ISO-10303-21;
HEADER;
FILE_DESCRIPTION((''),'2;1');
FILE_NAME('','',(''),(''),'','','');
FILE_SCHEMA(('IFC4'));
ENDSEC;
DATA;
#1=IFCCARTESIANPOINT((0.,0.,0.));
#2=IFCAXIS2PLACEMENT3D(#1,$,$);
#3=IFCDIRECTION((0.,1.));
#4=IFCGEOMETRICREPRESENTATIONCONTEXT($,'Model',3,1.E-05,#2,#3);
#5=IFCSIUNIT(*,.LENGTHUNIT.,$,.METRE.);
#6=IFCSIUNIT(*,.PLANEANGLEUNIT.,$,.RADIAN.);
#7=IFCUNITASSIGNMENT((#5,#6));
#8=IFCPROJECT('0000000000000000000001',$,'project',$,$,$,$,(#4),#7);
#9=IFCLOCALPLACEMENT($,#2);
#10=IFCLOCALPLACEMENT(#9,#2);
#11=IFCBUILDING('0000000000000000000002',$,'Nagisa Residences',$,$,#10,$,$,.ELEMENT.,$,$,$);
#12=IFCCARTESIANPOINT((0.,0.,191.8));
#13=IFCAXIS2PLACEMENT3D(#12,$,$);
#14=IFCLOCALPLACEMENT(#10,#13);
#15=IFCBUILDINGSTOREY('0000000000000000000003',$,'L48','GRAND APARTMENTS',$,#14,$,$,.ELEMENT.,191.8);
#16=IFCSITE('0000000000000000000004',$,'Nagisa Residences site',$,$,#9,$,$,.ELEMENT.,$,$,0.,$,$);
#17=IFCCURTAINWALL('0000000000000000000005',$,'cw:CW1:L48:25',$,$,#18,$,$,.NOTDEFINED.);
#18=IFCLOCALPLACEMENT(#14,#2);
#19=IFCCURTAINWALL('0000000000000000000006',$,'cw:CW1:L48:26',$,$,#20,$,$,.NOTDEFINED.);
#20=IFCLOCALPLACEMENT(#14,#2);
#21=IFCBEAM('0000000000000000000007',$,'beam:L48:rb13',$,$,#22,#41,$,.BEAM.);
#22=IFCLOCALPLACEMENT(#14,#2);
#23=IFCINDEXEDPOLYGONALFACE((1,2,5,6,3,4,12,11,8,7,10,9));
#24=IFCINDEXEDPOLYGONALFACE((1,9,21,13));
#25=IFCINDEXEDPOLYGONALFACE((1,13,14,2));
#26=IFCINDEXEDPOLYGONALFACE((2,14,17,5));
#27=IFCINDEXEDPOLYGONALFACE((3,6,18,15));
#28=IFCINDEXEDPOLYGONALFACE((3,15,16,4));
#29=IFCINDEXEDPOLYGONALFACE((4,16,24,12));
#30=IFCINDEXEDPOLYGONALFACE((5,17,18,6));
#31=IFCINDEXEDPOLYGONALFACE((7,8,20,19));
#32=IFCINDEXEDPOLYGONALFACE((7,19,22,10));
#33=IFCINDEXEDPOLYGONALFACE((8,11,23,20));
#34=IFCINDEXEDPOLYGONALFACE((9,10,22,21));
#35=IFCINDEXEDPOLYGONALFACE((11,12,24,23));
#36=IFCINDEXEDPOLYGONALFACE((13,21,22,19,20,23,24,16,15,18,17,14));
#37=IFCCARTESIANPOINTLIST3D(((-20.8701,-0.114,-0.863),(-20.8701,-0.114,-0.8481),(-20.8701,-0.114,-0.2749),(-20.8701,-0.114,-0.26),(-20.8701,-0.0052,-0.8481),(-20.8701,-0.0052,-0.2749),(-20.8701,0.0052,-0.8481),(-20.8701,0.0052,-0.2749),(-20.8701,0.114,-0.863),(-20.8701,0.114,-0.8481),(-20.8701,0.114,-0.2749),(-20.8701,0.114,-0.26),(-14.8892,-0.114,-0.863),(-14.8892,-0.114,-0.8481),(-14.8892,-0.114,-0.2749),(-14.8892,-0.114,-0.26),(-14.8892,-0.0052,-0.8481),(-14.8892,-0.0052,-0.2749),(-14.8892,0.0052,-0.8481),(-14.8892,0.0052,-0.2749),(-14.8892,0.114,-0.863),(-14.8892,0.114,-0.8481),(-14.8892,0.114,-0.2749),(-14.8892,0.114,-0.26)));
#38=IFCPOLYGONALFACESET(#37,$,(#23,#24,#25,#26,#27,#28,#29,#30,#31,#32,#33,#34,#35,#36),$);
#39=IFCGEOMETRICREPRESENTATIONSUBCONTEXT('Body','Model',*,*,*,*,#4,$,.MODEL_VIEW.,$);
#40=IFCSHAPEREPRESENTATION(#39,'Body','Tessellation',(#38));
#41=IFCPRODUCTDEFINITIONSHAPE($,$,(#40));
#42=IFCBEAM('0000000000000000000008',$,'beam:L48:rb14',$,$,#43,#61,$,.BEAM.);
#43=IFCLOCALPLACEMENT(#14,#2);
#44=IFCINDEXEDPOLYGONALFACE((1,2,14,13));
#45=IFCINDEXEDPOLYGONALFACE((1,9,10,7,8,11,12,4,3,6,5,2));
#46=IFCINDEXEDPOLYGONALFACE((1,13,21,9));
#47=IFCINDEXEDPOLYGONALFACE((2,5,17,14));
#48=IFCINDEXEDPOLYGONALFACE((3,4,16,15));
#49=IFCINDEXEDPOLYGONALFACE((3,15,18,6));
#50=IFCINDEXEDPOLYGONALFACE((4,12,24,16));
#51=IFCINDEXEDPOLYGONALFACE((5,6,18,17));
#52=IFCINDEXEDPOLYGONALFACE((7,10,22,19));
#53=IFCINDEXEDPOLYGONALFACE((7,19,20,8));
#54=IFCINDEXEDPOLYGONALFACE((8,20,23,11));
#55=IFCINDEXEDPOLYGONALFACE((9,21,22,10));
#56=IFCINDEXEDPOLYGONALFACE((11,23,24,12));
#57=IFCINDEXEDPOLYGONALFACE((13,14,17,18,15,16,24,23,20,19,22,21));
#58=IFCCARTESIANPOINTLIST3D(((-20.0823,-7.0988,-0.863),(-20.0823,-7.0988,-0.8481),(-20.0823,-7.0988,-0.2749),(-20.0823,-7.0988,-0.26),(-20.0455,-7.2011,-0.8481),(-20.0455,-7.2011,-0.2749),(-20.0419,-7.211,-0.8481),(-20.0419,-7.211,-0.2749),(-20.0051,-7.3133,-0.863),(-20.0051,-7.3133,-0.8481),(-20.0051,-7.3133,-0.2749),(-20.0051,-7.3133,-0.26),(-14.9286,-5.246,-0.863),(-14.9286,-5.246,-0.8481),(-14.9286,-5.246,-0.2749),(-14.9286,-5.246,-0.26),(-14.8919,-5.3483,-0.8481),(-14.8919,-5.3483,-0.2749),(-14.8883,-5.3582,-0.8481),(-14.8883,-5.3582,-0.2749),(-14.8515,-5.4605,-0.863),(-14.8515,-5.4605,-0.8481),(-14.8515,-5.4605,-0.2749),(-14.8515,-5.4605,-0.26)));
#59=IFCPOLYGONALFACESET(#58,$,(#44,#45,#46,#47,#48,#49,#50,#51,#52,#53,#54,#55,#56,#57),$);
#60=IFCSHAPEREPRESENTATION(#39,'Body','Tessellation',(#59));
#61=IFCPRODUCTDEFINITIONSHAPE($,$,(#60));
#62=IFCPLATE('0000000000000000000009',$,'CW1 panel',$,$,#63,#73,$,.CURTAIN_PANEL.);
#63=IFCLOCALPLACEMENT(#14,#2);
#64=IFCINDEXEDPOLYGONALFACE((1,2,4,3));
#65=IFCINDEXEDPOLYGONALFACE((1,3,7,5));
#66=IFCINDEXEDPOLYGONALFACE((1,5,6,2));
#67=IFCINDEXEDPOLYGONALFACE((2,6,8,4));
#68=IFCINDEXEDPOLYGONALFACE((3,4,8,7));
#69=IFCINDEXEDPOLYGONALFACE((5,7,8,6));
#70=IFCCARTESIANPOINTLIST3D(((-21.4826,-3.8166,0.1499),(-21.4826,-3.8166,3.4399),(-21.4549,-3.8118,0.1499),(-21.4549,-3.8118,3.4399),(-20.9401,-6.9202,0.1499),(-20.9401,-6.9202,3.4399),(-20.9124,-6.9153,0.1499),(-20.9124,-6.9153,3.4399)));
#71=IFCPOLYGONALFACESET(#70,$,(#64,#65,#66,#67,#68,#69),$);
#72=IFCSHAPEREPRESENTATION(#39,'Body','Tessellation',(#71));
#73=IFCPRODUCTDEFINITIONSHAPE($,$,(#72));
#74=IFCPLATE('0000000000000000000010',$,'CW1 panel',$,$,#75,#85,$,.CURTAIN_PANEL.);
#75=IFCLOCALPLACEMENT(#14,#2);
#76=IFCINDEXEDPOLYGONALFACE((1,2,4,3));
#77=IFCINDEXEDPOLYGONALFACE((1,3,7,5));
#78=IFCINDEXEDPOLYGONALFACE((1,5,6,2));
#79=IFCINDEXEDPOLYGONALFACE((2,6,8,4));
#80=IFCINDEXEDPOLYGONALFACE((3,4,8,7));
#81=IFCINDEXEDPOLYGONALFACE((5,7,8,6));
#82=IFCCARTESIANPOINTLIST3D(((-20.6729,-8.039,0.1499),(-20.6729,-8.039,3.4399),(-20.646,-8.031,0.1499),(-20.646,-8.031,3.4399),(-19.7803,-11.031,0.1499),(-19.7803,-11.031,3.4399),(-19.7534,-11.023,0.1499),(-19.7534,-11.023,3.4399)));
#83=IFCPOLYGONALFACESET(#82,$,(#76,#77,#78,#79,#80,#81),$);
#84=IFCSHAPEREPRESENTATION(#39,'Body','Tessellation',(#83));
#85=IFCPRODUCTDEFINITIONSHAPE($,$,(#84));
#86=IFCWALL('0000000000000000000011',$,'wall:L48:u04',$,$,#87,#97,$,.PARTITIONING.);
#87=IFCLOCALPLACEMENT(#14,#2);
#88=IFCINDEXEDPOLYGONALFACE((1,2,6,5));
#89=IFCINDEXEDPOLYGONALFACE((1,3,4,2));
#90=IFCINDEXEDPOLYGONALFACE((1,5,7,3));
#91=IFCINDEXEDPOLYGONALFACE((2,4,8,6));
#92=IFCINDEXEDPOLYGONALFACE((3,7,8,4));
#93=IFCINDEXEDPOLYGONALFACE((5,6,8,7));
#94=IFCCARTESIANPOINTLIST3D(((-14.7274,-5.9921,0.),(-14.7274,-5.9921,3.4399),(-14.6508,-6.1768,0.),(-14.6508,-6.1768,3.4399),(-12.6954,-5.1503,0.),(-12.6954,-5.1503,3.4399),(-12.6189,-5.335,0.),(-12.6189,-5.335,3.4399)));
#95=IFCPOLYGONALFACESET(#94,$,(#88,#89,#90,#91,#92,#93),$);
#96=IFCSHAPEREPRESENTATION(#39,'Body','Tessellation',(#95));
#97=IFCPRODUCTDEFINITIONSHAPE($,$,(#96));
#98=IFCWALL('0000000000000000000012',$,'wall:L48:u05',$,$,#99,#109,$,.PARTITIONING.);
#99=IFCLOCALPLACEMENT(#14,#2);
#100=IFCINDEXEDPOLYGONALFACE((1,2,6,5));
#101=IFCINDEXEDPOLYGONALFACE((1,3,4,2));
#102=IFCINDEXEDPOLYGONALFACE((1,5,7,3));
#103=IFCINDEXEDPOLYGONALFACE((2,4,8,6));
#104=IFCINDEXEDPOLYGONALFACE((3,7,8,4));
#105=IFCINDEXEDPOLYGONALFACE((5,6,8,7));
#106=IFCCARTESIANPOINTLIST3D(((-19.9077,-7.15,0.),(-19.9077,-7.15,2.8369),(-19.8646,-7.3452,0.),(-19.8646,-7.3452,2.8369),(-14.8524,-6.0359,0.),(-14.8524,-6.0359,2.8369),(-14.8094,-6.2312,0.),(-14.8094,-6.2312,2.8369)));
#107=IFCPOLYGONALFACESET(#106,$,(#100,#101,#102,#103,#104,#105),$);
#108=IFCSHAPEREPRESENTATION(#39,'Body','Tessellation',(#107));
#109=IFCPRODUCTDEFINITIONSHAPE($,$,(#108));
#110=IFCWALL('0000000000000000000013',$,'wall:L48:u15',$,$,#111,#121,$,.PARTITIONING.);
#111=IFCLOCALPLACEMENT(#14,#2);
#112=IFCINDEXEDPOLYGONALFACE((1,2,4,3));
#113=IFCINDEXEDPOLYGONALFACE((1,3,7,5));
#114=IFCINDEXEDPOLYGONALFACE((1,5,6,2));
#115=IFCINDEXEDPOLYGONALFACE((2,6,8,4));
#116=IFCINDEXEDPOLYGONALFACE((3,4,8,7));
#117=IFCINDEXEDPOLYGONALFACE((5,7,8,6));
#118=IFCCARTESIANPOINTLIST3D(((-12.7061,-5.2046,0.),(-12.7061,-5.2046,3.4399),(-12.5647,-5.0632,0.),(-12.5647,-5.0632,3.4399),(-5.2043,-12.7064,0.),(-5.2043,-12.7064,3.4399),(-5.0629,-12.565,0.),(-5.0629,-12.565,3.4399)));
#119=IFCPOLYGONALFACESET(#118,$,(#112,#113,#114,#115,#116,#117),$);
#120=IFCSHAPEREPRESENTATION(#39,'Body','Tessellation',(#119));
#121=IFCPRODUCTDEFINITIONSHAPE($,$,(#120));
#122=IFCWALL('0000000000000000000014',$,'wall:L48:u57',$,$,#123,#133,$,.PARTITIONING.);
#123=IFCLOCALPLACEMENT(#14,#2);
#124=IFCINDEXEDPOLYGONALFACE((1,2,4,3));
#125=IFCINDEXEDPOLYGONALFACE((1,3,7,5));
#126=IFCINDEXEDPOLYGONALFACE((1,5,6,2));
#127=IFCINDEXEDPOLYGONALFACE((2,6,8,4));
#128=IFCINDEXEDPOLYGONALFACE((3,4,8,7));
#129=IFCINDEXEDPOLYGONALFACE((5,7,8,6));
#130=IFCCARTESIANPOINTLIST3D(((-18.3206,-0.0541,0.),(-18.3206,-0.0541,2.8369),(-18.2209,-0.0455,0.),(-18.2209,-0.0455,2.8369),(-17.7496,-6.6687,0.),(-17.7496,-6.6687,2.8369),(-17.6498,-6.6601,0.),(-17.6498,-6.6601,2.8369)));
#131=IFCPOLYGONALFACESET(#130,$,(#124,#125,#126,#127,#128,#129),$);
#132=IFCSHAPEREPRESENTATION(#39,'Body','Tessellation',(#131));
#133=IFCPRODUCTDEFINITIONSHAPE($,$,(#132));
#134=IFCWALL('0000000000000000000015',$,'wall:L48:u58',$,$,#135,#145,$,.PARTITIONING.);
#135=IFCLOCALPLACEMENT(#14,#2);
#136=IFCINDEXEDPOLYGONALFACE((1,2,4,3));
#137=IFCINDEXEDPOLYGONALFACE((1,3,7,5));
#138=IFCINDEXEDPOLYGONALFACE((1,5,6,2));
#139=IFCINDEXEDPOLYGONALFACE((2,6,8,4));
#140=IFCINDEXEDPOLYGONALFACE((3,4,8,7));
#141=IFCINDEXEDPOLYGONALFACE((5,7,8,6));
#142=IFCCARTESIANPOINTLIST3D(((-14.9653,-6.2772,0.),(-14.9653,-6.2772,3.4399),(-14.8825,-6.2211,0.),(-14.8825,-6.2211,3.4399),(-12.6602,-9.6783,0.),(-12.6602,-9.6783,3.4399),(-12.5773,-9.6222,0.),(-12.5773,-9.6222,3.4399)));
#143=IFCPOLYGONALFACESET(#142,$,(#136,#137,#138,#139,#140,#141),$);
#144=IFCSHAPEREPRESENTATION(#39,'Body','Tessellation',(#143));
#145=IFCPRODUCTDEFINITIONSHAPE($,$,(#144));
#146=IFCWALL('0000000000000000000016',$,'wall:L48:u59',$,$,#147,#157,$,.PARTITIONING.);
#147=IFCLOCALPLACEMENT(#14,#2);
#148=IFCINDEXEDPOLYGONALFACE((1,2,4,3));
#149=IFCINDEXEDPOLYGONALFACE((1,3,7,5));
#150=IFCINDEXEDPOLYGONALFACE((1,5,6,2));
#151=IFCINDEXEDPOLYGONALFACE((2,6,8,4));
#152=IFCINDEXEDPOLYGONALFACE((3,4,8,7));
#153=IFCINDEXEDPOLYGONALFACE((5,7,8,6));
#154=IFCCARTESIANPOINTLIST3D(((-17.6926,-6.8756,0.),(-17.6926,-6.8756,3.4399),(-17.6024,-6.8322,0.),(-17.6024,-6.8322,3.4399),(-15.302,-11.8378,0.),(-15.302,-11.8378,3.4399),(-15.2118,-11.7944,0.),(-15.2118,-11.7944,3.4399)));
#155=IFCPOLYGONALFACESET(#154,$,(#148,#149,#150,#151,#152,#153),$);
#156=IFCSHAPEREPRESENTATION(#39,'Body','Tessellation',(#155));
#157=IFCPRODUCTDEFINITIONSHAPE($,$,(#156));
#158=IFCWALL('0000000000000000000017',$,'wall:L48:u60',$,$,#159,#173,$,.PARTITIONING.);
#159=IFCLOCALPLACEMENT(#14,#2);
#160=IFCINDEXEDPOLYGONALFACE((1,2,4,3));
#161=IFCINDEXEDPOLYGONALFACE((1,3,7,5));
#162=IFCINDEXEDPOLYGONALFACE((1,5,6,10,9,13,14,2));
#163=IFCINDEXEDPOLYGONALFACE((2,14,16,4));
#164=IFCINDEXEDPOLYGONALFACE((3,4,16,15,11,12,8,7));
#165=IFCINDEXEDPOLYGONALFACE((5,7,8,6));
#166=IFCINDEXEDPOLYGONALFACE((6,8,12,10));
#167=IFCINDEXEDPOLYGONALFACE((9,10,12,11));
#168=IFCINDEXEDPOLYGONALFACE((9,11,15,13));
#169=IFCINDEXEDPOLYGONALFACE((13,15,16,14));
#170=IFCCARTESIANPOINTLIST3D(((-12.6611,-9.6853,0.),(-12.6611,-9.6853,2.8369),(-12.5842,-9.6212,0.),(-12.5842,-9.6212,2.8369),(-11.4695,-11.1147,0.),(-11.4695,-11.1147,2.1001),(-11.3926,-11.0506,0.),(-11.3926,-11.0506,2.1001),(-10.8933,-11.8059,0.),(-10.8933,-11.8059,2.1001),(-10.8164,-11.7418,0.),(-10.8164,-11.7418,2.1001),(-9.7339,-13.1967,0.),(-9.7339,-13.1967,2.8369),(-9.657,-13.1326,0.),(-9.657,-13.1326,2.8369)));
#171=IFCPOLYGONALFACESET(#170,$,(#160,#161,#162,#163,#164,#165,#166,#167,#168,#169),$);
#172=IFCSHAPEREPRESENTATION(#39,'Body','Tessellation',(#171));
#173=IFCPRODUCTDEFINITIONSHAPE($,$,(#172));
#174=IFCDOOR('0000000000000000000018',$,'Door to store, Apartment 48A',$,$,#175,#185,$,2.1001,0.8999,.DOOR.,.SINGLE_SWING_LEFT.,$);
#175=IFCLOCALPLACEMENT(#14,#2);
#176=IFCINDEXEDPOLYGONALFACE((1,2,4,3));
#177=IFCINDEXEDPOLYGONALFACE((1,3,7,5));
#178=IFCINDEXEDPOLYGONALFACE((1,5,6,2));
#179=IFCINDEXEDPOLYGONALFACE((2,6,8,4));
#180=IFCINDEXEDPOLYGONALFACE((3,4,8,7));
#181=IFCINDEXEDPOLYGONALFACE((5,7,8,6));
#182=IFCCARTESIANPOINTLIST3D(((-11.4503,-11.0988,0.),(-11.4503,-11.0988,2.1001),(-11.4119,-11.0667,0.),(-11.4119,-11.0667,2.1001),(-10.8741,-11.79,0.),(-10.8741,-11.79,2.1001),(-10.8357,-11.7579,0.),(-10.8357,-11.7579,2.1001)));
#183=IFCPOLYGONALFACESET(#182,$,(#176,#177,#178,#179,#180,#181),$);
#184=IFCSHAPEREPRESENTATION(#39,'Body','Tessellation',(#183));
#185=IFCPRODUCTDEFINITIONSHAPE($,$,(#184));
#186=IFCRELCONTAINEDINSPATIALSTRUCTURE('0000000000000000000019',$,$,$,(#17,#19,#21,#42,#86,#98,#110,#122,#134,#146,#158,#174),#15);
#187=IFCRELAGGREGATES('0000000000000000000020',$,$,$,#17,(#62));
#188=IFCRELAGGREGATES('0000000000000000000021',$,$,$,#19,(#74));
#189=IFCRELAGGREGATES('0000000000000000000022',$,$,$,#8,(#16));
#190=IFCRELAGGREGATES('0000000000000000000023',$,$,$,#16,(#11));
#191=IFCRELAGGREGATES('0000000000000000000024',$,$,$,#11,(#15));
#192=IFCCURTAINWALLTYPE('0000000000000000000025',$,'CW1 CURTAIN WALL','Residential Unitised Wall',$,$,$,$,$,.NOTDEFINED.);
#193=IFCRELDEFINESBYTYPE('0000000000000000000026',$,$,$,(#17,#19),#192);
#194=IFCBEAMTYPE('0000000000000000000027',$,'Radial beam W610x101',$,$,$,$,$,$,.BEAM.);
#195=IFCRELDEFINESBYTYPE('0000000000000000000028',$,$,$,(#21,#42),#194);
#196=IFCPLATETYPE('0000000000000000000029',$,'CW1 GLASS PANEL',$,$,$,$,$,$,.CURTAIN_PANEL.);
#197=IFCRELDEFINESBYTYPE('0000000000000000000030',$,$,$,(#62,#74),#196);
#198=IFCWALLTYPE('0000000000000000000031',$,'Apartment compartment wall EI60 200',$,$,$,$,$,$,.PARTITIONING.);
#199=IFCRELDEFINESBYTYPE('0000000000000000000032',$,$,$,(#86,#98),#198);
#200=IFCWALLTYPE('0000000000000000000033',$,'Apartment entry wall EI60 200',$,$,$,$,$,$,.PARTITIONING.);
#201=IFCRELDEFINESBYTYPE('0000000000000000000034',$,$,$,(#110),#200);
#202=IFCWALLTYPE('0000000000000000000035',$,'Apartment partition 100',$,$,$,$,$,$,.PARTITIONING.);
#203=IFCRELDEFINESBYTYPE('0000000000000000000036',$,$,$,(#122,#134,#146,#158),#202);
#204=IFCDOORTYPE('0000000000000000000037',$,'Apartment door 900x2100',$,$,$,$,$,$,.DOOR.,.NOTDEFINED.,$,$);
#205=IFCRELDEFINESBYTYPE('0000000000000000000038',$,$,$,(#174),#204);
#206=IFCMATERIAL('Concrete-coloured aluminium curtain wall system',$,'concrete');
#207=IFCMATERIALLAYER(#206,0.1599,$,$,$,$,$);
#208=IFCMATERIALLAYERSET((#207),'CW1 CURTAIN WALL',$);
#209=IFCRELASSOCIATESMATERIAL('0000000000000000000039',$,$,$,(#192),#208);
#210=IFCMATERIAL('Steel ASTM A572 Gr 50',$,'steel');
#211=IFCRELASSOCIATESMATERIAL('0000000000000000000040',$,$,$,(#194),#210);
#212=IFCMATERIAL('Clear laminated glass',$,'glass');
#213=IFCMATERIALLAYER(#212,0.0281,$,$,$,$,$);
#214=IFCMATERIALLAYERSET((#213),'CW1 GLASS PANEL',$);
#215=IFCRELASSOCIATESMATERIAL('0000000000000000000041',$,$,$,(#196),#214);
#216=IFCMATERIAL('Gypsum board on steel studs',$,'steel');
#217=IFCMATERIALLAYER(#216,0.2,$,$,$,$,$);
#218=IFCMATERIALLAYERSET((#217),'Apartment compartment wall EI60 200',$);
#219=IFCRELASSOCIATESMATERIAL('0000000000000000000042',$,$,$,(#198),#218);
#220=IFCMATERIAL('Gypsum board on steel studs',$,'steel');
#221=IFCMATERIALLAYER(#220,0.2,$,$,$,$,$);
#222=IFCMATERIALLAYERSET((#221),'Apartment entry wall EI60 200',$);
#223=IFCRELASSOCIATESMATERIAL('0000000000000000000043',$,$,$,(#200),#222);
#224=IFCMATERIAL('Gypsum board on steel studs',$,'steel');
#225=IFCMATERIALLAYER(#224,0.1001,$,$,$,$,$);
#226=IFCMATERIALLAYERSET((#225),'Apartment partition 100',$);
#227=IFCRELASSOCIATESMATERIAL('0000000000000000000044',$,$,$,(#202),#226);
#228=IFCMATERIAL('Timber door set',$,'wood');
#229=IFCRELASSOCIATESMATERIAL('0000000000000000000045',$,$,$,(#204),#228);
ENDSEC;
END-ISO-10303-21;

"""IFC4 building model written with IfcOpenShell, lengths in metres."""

from ifc_helpers import new_model, si_unit, direction, frame, frame_2d, origin, origin_2d, place, context, subcontext, project, spatial, rectangle, i_section, extrude, material, layer, layer_set, material_profile, profile_set, type_object, element, fill, aggregate, save


model = new_model("IFC4")

# Units and contexts
model_context = context("Model", 3, precision=1e-05, world=origin(), true_north=direction((0.0, 1.0)))
body_context = subcontext(model_context, "Body", "Model", "MODEL_VIEW")
ifc_project = project(units=[si_unit("LENGTHUNIT", "METRE"), si_unit("PLANEANGLEUNIT", "RADIAN")], contexts=[model_context])

# Site, building, storey
site_placement = place(None, origin())
site = spatial("IfcSite", under=ifc_project, at=site_placement, Name="Nagisa Residences site", CompositionType="ELEMENT", RefElevation=0.0)
building_placement = place(site_placement, origin())
building = spatial("IfcBuilding", under=site, at=building_placement, Name="Nagisa Residences", CompositionType="ELEMENT")
storey_placement = place(building_placement, frame((0.0, 0.0, 191.8)))
storey = spatial("IfcBuildingStorey", under=building, at=storey_placement, Name="L48", Description="GRAND APARTMENTS", CompositionType="ELEMENT", Elevation=191.8)

# Curtain walls
ifc_material_1 = material(Name="Concrete-coloured aluminium curtain wall system", Category="concrete")
ifc_layer_1 = layer(ifc_material_1, 0.1599)
ifc_layer_set_1 = layer_set([ifc_layer_1], Name="CW1 CURTAIN WALL")
curtain_wall_type = type_object("IfcCurtainWallType", Name="CW1 CURTAIN WALL", Description="Residential Unitised Wall", PredefinedType="NOTDEFINED", material=ifc_layer_set_1)
curtain_wall_1_placement = place(storey_placement, origin())
curtain_wall_1 = element("IfcCurtainWall", 1, at=curtain_wall_1_placement, inside=storey, type_object=curtain_wall_type, Name="cw:CW1:L48:25", PredefinedType="NOTDEFINED")
curtain_wall_2_placement = place(storey_placement, origin())
curtain_wall_2 = element("IfcCurtainWall", 2, at=curtain_wall_2_placement, inside=storey, type_object=curtain_wall_type, Name="cw:CW1:L48:26", PredefinedType="NOTDEFINED")

# Beams
ifc_material_2 = material(Name="Steel ASTM A572 Gr 50", Category="steel")
ifc_material_profile_1 = material_profile(ifc_material_2, i_section(OverallWidth=0.228, OverallDepth=0.603, WebThickness=0.0105, FlangeThickness=0.0149, at=origin_2d()), Name="W610x101")
ifc_profile_set_1 = profile_set([ifc_material_profile_1], Name="Steel ASTM A572 Gr 50")
beam_type_1 = type_object("IfcBeamType", Name="Radial beam W610x101", PredefinedType="BEAM", material=ifc_profile_set_1)
beam_1_placement = place(storey_placement, frame((-20.8701, 0.0, -0.5615), z_axis=(1.0, 0.0, 0.0), x_axis=(0.0, 1.0, 0.0)))
element("IfcBeam", 3, at=beam_1_placement, inside=storey, type_object=beam_type_1, Name="beam:L48:rb13", PredefinedType="BEAM", context=body_context, shape_type="SweptSolid", body=[
    extrude(i_section(OverallWidth=0.228, OverallDepth=0.603, WebThickness=0.0105, FlangeThickness=0.0149, at=origin_2d()), origin(), (0.0, 0.0, 1.0), 5.981),
])
beam_2_placement = place(storey_placement, frame((-20.0437, -7.2061, -0.5615), z_axis=(0.941033, 0.338315, 0.0), x_axis=(-0.338315, 0.941033, 0.0)))
element("IfcBeam", 4, at=beam_2_placement, inside=storey, type_object=beam_type_1, Name="beam:L48:rb14", PredefinedType="BEAM", context=body_context, shape_type="SweptSolid", body=[
    extrude(i_section(OverallWidth=0.228, OverallDepth=0.603, WebThickness=0.0105, FlangeThickness=0.0149, at=origin_2d()), origin(), (0.0, 0.0, 1.0), 5.4766),
])

# Plates
ifc_material_3 = material(Name="Clear laminated glass", Category="glass")
ifc_layer_2 = layer(ifc_material_3, 0.0281)
ifc_layer_set_2 = layer_set([ifc_layer_2], Name="CW1 GLASS PANEL")
plate_type = type_object("IfcPlateType", Name="CW1 GLASS PANEL", PredefinedType="CURTAIN_PANEL", material=ifc_layer_set_2)
plate_1_placement = place(storey_placement, frame((-21.1975, -5.366, 0.1499), z_axis=(0.0, 0.0, 1.0), x_axis=(0.172191, -0.985064, 0.0)))
plate_1 = element("IfcPlate", 5, at=plate_1_placement, type_object=plate_type, Name="CW1 panel", PredefinedType="CURTAIN_PANEL", context=body_context, shape_type="SweptSolid", body=[
    extrude(rectangle(XDim=3.1506, YDim=0.0281, at=origin_2d()), origin(), (0.0, 0.0, 1.0), 3.29),
])
aggregate(curtain_wall_1, [plate_1])
plate_2_placement = place(storey_placement, frame((-20.2131, -9.531, 0.1499), z_axis=(0.0, 0.0, 1.0), x_axis=(0.28586, -0.958271, 0.0)))
plate_2 = element("IfcPlate", 6, at=plate_2_placement, type_object=plate_type, Name="CW1 panel", PredefinedType="CURTAIN_PANEL", context=body_context, shape_type="SweptSolid", body=[
    extrude(rectangle(XDim=3.1223, YDim=0.0281, at=origin_2d()), origin(), (0.0, 0.0, 1.0), 3.29),
])
aggregate(curtain_wall_2, [plate_2])

# Walls
ifc_material_4 = material(Name="Gypsum board on steel studs", Category="steel")
ifc_layer_3 = layer(ifc_material_4, 0.2)
ifc_layer_set_3 = layer_set([ifc_layer_3], Name="Apartment compartment wall EI60 200")
wall_type_1 = type_object("IfcWallType", Name="Apartment compartment wall EI60 200", PredefinedType="PARTITIONING", material=ifc_layer_set_3)
wall_1_placement = place(storey_placement, frame((-12.6572, -5.2427, 0.0), z_axis=(0.0, 0.0, 1.0), x_axis=(-0.92386, -0.382731, 0.0)))
element("IfcWall", 7, at=wall_1_placement, inside=storey, type_object=wall_type_1, Name="wall:L48:u04", PredefinedType="PARTITIONING", context=body_context, shape_type="SweptSolid", body=[
    extrude(rectangle(XDim=2.1995, YDim=0.2, at=frame_2d((1.0996, 0.0))), origin(), (0.0, 0.0, 1.0), 3.4399),
])
wall_2_placement = place(storey_placement, frame((-14.8308, -6.1335, 0.0), z_axis=(0.0, 0.0, 1.0), x_axis=(-0.976568, -0.215207, 0.0)))
element("IfcWall", 8, at=wall_2_placement, inside=storey, type_object=wall_type_1, Name="wall:L48:u05", PredefinedType="PARTITIONING", context=body_context, shape_type="SweptSolid", body=[
    extrude(rectangle(XDim=5.1765, YDim=0.2, at=frame_2d((2.5884, 0.0))), origin(), (0.0, 0.0, 1.0), 2.8369),
])
ifc_material_5 = material(Name="Gypsum board on steel studs", Category="steel")
ifc_layer_4 = layer(ifc_material_5, 0.2)
ifc_layer_set_4 = layer_set([ifc_layer_4], Name="Apartment entry wall EI60 200")
wall_type_2 = type_object("IfcWallType", Name="Apartment entry wall EI60 200", PredefinedType="PARTITIONING", material=ifc_layer_set_4)
wall_3_placement = place(storey_placement, frame((-12.6355, -5.1338, 0.0), z_axis=(0.0, 0.0, 1.0), x_axis=(0.707107, -0.707107, 0.0)))
element("IfcWall", 9, at=wall_3_placement, inside=storey, type_object=wall_type_2, Name="wall:L48:u15", PredefinedType="PARTITIONING", context=body_context, shape_type="SweptSolid", body=[
    extrude(rectangle(XDim=10.6091, YDim=0.2, at=frame_2d((5.3047, 0.0))), origin(), (0.0, 0.0, 1.0), 3.4399),
])
ifc_material_6 = material(Name="Gypsum board on steel studs", Category="steel")
ifc_layer_5 = layer(ifc_material_6, 0.1001)
ifc_layer_set_5 = layer_set([ifc_layer_5], Name="Apartment partition 100")
wall_type_3 = type_object("IfcWallType", Name="Apartment partition 100", PredefinedType="PARTITIONING", material=ifc_layer_set_5)
wall_4_placement = place(storey_placement, frame((-18.2708, -0.0498, 0.0), z_axis=(0.0, 0.0, 1.0), x_axis=(0.086012, -0.996294, 0.0)))
element("IfcWall", 10, at=wall_4_placement, inside=storey, type_object=wall_type_3, Name="wall:L48:u57", PredefinedType="PARTITIONING", context=body_context, shape_type="SweptSolid", body=[
    extrude(rectangle(XDim=6.6392, YDim=0.1001, at=frame_2d((3.3196, 0.0))), origin(), (0.0, 0.0, 1.0), 2.8369),
])
wall_5_placement = place(storey_placement, frame((-14.9238, -6.2493, 0.0), z_axis=(0.0, 0.0, 1.0), x_axis=(0.561047, -0.827784, 0.0)))
element("IfcWall", 11, at=wall_5_placement, inside=storey, type_object=wall_type_3, Name="wall:L48:u58", PredefinedType="PARTITIONING", context=body_context, shape_type="SweptSolid", body=[
    extrude(rectangle(XDim=4.1086, YDim=0.1001, at=frame_2d((2.0542, 0.0))), origin(), (0.0, 0.0, 1.0), 3.4399),
])
wall_6_placement = place(storey_placement, frame((-17.6475, -6.854, 0.0), z_axis=(0.0, 0.0, 1.0), x_axis=(0.434028, -0.9009, 0.0)))
element("IfcWall", 12, at=wall_6_placement, inside=storey, type_object=wall_type_3, Name="wall:L48:u59", PredefinedType="PARTITIONING", context=body_context, shape_type="SweptSolid", body=[
    extrude(rectangle(XDim=5.5081, YDim=0.1001, at=frame_2d((2.7539, 0.0))), origin(), (0.0, 0.0, 1.0), 3.4399),
])

# Wall, opening, door
wall_7_placement = place(storey_placement, frame((-12.6226, -9.6533, 0.0), z_axis=(0.0, 0.0, 1.0), x_axis=(0.640316, -0.768112, 0.0)))
wall_7 = element("IfcWall", 13, at=wall_7_placement, inside=storey, type_object=wall_type_3, Name="wall:L48:u60", PredefinedType="PARTITIONING", context=body_context, shape_type="SweptSolid", body=[
    extrude(rectangle(XDim=4.5715, YDim=0.1001, at=frame_2d((2.2856, 0.0))), origin(), (0.0, 0.0, 1.0), 2.8369),
])
opening_1_placement = place(wall_7_placement, frame((1.8608, 0.0, 0.0)))
opening_1 = element("IfcOpeningElement", 14, at=opening_1_placement, cuts=wall_7, PredefinedType="OPENING", context=body_context, shape_type="SweptSolid", body=[
    extrude(rectangle(XDim=0.8999, YDim=2.1001, at=frame_2d((0.45, 1.05))), frame((0.0, 0.0601, 0.0), z_axis=(0.0, -1.0, 0.0), x_axis=(1.0, 0.0, 0.0)), (0.0, 0.0, 1.0), 0.1201),
])
ifc_material_7 = material(Name="Timber door set", Category="wood")
door_type_1 = type_object("IfcDoorType", Name="Apartment door 900x2100", OperationType="NOTDEFINED", PredefinedType="DOOR", material=ifc_material_7)
door_1_placement = place(opening_1_placement, origin())
door_1 = element("IfcDoor", 15, at=door_1_placement, inside=storey, type_object=door_type_1, Name="Door to store, Apartment 48A", OperationType="SINGLE_SWING_LEFT", OverallHeight=2.1001, OverallWidth=0.8999, PredefinedType="DOOR", context=body_context, shape_type="SweptSolid", body=[
    extrude(rectangle(XDim=0.8999, YDim=2.1001, at=frame_2d((0.45, 1.05))), frame((0.0, 0.0249, 0.0), z_axis=(0.0, -1.0, 0.0), x_axis=(1.0, 0.0, 0.0)), (0.0, 0.0, 1.0), 0.05),
])
fill(opening_1, door_1)

save(model, "model.ifc")
